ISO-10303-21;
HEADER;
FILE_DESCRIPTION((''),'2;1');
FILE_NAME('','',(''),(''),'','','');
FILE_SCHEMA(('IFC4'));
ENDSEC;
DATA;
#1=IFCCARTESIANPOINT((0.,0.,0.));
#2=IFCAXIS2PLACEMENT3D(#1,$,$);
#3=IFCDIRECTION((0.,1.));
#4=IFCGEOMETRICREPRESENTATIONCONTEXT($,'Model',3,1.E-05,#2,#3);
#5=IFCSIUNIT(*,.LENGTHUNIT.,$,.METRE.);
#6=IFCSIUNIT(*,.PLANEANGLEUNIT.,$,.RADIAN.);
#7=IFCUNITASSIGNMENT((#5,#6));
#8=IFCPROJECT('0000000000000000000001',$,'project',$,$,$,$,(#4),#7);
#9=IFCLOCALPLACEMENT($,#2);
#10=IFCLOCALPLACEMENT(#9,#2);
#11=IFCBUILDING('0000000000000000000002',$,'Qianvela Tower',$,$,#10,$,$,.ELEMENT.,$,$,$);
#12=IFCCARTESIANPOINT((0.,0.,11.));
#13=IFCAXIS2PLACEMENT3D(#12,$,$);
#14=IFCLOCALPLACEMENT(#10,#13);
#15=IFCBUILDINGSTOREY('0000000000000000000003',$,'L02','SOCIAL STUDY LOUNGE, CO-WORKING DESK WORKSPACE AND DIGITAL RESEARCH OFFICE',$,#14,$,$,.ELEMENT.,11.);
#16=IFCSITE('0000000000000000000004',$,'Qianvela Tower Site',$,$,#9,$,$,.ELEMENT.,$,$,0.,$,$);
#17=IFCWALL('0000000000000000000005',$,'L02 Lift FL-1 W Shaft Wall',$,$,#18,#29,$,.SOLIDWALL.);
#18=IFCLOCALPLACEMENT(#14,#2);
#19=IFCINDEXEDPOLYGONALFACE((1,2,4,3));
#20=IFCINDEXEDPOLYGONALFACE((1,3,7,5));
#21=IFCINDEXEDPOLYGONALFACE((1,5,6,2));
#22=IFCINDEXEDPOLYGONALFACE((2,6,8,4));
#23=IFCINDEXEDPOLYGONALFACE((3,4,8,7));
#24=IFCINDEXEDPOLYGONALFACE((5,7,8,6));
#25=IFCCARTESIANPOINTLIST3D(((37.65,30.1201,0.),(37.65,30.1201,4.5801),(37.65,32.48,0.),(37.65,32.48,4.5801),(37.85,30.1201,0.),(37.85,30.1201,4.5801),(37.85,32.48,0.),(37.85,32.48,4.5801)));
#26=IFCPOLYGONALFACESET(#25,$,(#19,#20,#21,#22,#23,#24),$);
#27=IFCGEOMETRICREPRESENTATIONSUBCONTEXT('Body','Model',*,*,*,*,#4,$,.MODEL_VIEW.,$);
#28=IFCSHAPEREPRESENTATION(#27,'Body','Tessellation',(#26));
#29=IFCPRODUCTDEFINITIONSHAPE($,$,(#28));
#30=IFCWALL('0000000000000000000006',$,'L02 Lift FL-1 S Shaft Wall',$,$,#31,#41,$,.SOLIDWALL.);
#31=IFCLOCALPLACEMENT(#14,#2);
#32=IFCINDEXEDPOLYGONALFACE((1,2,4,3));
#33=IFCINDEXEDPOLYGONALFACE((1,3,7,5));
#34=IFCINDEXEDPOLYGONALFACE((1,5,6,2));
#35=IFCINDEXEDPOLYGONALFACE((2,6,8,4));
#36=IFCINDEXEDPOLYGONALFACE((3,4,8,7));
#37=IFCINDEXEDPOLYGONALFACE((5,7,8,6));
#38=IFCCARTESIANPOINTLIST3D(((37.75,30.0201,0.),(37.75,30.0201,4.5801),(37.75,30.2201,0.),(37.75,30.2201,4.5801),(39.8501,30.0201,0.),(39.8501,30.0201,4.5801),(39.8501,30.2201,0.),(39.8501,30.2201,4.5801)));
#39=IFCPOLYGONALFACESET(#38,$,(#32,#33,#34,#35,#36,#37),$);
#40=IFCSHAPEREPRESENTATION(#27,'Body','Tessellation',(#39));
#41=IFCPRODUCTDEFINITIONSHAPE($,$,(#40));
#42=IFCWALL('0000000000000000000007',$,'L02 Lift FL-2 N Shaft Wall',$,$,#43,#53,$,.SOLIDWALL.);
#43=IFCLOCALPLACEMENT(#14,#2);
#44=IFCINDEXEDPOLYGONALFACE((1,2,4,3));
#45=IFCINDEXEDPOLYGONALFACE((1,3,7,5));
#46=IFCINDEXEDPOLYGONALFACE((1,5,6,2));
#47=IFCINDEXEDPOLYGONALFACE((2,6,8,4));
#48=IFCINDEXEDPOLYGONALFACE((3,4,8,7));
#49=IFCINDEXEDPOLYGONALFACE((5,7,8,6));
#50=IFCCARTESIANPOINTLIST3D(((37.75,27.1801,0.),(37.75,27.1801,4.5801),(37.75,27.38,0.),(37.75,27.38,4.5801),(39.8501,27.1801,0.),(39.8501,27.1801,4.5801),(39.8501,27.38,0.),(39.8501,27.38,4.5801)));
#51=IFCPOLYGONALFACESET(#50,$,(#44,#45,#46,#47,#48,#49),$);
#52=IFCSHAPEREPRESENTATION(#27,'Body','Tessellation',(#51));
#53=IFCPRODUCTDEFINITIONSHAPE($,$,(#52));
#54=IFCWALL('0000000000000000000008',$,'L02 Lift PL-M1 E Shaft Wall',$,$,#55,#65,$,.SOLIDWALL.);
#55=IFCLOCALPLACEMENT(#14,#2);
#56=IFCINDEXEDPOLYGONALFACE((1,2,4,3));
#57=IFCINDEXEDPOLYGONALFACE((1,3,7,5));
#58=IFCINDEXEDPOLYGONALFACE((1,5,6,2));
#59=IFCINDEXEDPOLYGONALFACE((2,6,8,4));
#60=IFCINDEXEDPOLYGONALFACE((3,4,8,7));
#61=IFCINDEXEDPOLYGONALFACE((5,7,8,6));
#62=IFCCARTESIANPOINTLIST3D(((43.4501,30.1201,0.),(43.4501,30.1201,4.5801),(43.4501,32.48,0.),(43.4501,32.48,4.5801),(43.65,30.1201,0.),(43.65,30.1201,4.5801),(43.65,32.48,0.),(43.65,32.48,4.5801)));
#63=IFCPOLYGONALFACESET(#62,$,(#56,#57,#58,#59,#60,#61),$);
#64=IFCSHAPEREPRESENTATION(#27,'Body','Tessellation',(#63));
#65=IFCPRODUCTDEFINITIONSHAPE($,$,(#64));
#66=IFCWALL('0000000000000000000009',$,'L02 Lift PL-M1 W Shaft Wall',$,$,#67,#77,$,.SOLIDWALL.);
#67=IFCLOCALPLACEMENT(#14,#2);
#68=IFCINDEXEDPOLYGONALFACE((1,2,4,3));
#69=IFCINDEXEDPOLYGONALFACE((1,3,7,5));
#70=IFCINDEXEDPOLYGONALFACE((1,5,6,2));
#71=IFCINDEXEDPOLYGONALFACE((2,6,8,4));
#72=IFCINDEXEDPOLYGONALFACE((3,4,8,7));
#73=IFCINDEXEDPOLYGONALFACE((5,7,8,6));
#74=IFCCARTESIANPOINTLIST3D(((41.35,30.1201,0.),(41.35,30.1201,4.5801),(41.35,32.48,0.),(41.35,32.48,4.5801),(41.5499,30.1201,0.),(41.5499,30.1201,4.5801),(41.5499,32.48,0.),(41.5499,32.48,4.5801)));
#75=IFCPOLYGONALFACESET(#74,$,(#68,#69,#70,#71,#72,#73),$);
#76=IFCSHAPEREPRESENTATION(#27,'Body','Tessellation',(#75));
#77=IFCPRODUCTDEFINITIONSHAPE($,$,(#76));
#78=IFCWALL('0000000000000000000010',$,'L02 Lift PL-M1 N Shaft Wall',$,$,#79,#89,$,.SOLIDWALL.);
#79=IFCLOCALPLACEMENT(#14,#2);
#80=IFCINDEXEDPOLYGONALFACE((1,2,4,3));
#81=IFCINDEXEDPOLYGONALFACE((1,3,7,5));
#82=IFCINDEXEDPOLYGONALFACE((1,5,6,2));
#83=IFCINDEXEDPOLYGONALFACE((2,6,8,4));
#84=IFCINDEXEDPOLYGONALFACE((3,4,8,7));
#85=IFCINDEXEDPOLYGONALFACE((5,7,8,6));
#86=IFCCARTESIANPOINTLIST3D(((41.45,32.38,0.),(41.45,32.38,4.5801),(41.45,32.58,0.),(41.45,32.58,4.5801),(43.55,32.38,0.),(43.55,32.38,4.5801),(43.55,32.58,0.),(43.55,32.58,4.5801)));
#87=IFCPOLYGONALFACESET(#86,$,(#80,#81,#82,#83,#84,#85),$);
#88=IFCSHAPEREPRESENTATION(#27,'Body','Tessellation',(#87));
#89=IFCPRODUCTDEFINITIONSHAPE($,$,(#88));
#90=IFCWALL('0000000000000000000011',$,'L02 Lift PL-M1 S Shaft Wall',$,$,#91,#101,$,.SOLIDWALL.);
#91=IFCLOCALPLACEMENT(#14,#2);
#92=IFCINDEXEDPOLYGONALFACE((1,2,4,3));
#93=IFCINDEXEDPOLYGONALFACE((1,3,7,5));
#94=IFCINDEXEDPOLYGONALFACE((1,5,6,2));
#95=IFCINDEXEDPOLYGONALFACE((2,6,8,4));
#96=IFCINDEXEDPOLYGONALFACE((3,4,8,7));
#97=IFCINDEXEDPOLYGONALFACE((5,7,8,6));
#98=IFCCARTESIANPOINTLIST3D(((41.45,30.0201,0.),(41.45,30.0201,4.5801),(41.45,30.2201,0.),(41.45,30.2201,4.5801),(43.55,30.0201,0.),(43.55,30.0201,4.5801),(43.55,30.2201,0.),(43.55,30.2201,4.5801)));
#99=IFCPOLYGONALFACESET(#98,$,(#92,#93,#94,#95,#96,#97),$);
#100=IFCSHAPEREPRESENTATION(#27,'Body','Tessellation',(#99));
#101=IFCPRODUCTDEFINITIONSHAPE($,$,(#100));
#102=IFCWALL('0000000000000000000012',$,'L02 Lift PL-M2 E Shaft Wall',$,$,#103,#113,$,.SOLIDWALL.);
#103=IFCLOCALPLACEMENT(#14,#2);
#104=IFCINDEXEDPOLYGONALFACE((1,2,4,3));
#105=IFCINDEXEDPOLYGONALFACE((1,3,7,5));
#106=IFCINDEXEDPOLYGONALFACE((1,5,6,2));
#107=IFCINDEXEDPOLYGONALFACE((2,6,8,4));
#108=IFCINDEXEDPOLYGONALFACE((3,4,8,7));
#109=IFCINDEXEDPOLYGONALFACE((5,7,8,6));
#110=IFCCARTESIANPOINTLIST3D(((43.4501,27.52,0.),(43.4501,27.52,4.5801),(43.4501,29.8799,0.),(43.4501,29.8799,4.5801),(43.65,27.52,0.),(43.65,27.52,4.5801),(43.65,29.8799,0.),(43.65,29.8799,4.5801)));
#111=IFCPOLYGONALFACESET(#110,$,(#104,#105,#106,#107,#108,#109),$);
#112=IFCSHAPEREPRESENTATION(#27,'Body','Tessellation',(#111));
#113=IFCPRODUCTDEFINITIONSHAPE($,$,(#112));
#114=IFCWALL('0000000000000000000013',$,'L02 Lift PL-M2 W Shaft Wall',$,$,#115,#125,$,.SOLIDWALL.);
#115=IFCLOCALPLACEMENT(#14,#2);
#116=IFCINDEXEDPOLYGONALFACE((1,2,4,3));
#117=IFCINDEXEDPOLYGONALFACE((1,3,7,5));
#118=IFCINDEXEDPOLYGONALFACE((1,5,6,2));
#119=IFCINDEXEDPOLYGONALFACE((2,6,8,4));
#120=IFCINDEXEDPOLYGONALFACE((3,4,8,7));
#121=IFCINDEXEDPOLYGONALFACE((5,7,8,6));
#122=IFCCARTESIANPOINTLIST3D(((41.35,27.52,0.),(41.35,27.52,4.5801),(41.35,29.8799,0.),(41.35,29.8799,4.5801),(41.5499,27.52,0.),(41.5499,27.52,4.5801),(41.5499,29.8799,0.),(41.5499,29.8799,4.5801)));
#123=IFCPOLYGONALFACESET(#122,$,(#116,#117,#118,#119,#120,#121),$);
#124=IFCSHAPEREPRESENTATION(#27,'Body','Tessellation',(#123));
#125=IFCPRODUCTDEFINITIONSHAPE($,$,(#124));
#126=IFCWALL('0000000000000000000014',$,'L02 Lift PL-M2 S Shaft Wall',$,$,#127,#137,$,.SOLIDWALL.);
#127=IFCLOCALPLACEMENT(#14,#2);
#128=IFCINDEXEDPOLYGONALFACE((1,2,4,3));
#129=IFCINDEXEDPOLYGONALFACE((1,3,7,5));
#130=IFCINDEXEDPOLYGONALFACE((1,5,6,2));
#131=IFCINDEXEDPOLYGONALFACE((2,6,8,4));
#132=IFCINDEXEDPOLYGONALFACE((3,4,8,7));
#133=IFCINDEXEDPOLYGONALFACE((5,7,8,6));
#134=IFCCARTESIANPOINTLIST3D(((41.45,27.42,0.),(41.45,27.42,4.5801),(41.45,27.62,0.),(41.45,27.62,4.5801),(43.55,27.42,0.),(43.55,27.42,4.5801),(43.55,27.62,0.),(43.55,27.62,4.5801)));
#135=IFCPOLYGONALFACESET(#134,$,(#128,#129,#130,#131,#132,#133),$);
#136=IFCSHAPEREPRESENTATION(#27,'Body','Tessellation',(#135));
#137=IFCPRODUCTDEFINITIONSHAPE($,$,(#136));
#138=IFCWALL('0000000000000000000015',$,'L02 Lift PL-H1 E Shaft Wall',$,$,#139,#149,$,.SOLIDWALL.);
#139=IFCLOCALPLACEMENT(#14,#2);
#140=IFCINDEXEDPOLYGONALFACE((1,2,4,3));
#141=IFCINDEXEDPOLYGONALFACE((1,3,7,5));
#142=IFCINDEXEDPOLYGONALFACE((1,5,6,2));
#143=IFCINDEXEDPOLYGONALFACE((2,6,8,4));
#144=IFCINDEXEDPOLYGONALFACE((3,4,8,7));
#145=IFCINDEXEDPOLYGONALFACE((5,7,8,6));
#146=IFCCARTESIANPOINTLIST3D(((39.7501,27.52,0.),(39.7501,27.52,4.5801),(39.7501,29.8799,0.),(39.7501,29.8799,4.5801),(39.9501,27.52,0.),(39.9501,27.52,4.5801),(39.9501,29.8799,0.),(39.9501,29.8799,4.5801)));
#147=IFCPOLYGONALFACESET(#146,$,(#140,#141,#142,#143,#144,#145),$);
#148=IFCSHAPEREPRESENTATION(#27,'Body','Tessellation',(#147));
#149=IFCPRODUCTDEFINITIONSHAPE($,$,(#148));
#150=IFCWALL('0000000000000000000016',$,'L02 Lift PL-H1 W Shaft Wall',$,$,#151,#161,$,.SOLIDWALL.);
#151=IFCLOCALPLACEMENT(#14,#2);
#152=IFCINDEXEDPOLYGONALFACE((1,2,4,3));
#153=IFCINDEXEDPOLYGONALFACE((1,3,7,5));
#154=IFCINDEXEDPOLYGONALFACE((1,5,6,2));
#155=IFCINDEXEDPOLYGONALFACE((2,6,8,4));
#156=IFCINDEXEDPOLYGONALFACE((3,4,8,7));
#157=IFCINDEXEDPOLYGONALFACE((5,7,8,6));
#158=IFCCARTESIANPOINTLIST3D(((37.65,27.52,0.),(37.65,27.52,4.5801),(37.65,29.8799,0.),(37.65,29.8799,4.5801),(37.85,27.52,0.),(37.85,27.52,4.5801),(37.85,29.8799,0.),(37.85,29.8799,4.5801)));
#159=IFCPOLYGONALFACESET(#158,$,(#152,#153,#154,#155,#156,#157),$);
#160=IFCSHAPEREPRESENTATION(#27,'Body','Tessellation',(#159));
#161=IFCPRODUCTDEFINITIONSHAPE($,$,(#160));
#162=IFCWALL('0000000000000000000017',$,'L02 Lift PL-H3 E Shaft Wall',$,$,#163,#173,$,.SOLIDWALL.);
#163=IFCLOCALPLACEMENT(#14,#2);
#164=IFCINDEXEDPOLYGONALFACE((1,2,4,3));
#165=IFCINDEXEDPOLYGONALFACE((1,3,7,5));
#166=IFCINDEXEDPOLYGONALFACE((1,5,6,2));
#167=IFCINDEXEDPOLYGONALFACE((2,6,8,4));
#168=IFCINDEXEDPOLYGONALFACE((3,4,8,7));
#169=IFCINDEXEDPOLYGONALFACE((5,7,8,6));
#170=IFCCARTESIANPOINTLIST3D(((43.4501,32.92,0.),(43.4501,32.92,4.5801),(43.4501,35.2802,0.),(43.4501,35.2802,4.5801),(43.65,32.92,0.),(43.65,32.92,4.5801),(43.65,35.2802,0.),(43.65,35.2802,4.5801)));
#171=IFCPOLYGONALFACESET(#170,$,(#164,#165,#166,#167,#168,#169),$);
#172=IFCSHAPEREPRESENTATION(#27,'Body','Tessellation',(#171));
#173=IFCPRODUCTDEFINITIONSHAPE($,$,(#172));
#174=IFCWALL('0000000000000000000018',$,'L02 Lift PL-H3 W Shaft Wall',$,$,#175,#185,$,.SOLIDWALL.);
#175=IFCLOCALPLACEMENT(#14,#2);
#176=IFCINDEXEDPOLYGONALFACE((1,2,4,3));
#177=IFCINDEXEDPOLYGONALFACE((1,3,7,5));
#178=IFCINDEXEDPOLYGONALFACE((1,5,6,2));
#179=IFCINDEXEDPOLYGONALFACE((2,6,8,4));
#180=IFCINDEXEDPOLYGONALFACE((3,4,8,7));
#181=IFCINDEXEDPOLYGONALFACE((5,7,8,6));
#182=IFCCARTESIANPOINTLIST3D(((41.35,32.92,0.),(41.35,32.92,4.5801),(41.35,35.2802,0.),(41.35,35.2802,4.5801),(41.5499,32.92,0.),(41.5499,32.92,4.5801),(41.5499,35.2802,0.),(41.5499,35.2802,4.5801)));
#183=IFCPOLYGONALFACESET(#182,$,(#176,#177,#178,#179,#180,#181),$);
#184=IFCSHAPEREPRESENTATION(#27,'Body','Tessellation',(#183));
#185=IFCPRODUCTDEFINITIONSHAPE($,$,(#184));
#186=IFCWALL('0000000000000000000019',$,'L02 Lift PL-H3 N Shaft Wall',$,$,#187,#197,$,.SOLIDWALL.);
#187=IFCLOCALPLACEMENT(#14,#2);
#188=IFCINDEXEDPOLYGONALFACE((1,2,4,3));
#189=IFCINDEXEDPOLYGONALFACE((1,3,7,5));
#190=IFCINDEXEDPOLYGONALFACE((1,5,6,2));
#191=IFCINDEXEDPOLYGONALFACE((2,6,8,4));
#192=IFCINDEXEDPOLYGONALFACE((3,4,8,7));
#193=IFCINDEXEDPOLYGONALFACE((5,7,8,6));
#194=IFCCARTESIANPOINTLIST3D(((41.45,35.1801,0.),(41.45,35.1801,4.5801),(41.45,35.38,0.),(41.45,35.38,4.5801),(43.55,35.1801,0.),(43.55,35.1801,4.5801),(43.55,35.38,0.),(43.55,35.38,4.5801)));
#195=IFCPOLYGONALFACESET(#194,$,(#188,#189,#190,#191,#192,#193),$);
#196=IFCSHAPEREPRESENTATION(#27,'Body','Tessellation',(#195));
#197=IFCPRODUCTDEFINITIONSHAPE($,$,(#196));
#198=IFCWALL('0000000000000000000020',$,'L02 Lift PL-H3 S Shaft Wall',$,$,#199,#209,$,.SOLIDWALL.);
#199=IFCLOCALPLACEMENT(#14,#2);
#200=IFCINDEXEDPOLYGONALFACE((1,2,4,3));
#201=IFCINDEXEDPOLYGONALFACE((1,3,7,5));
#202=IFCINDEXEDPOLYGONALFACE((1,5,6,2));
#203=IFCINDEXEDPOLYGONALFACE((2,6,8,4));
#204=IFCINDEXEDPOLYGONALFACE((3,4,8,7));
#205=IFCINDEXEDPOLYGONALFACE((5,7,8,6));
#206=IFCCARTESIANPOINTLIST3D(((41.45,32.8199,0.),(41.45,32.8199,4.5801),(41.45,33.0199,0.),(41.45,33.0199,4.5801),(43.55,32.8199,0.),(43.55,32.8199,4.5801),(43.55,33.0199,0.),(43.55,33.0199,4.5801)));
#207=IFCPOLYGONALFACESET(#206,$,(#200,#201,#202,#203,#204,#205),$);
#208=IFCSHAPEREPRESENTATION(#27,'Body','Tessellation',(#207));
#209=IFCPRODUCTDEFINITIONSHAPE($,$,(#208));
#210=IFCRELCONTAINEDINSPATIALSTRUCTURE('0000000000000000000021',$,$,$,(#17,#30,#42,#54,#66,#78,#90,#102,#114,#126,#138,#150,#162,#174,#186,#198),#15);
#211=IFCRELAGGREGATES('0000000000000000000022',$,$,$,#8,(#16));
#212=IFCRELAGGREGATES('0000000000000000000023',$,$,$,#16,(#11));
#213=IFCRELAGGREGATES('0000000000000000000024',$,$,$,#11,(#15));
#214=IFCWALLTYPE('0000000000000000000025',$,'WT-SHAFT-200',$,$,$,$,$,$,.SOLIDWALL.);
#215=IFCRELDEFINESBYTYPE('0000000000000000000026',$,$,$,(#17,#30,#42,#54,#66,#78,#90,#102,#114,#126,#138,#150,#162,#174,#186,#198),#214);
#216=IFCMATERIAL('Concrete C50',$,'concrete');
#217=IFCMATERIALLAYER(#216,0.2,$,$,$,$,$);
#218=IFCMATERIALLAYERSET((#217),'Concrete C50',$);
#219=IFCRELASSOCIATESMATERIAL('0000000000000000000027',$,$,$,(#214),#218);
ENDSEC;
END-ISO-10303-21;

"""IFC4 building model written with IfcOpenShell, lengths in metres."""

from ifc_helpers import new_model, si_unit, direction, frame, frame_2d, origin, place, context, subcontext, project, spatial, rectangle, extrude, material, layer, layer_set, type_object, element, save


model = new_model("IFC4")

# Units and contexts
model_context = context("Model", 3, precision=1e-05, world=origin(), true_north=direction((0.0, 1.0)))
body_context = subcontext(model_context, "Body", "Model", "MODEL_VIEW")
ifc_project = project(units=[si_unit("LENGTHUNIT", "METRE"), si_unit("PLANEANGLEUNIT", "RADIAN")], contexts=[model_context])

# Site, building, storey
site_placement = place(None, origin())
site = spatial("IfcSite", under=ifc_project, at=site_placement, Name="Qianvela Tower Site", CompositionType="ELEMENT", RefElevation=0.0)
building_placement = place(site_placement, origin())
building = spatial("IfcBuilding", under=site, at=building_placement, Name="Qianvela Tower", CompositionType="ELEMENT")
storey_placement = place(building_placement, frame((0.0, 0.0, 11.0)))
storey = spatial("IfcBuildingStorey", under=building, at=storey_placement, Name="L02", Description="SOCIAL STUDY LOUNGE, CO-WORKING DESK WORKSPACE AND DIGITAL RESEARCH OFFICE", CompositionType="ELEMENT", Elevation=11.0)

# Shared definitions
ifc_material_1 = material(Name="Concrete C50", Category="concrete")
ifc_layer_1 = layer(ifc_material_1, 0.2)
ifc_layer_set_1 = layer_set([ifc_layer_1], Name="Concrete C50")
wall_type_1 = type_object("IfcWallType", Name="WT-SHAFT-200", PredefinedType="SOLIDWALL", material=ifc_layer_set_1)

# Walls
wall_1_placement = place(storey_placement, frame((37.75, 30.1201, 0.0), z_axis=(0.0, 0.0, 1.0), x_axis=(0.0, 1.0, 0.0)))
element("IfcWall", 1, at=wall_1_placement, inside=storey, type_object=wall_type_1, Name="L02 Lift FL-1 W Shaft Wall", PredefinedType="SOLIDWALL", context=body_context, shape_type="SweptSolid", body=[
    extrude(rectangle(XDim=2.3599, YDim=0.2, at=frame_2d((1.1799, 0.0))), origin(), (0.0, 0.0, 1.0), 4.5801),
])
for number, where, z_axis, x_axis, name in (
    (2, (37.75, 30.1201, 0.0), (0.0, 0.0, 1.0), (1.0, 0.0, 0.0), "L02 Lift FL-1 S Shaft Wall"),
    (3, (37.75, 27.28, 0.0), (0.0, 0.0, 1.0), (1.0, 0.0, 0.0), "L02 Lift FL-2 N Shaft Wall"),
):
    element("IfcWall", number, at=place(storey_placement, frame(where, z_axis=z_axis, x_axis=x_axis)), inside=storey, type_object=wall_type_1, Name=name, PredefinedType="SOLIDWALL", context=body_context, shape_type="SweptSolid", body=[
        extrude(rectangle(XDim=2.1001, YDim=0.2, at=frame_2d((1.05, 0.0))), origin(), (0.0, 0.0, 1.0), 4.5801),
    ])
for number, where, z_axis, x_axis, name in (
    (4, (43.55, 30.1201, 0.0), (0.0, 0.0, 1.0), (0.0, 1.0, 0.0), "L02 Lift PL-M1 E Shaft Wall"),
    (5, (41.45, 30.1201, 0.0), (0.0, 0.0, 1.0), (0.0, 1.0, 0.0), "L02 Lift PL-M1 W Shaft Wall"),
):
    element("IfcWall", number, at=place(storey_placement, frame(where, z_axis=z_axis, x_axis=x_axis)), inside=storey, type_object=wall_type_1, Name=name, PredefinedType="SOLIDWALL", context=body_context, shape_type="SweptSolid", body=[
        extrude(rectangle(XDim=2.3599, YDim=0.2, at=frame_2d((1.1799, 0.0))), origin(), (0.0, 0.0, 1.0), 4.5801),
    ])
for number, where, z_axis, x_axis, name in (
    (6, (41.45, 32.48, 0.0), (0.0, 0.0, 1.0), (1.0, 0.0, 0.0), "L02 Lift PL-M1 N Shaft Wall"),
    (7, (41.45, 30.1201, 0.0), (0.0, 0.0, 1.0), (1.0, 0.0, 0.0), "L02 Lift PL-M1 S Shaft Wall"),
):
    element("IfcWall", number, at=place(storey_placement, frame(where, z_axis=z_axis, x_axis=x_axis)), inside=storey, type_object=wall_type_1, Name=name, PredefinedType="SOLIDWALL", context=body_context, shape_type="SweptSolid", body=[
        extrude(rectangle(XDim=2.1001, YDim=0.2, at=frame_2d((1.05, 0.0))), origin(), (0.0, 0.0, 1.0), 4.5801),
    ])
for number, where, z_axis, x_axis, name in (
    (8, (43.55, 27.52, 0.0), (0.0, 0.0, 1.0), (0.0, 1.0, 0.0), "L02 Lift PL-M2 E Shaft Wall"),
    (9, (41.45, 27.52, 0.0), (0.0, 0.0, 1.0), (0.0, 1.0, 0.0), "L02 Lift PL-M2 W Shaft Wall"),
):
    element("IfcWall", number, at=place(storey_placement, frame(where, z_axis=z_axis, x_axis=x_axis)), inside=storey, type_object=wall_type_1, Name=name, PredefinedType="SOLIDWALL", context=body_context, shape_type="SweptSolid", body=[
        extrude(rectangle(XDim=2.3599, YDim=0.2, at=frame_2d((1.1799, 0.0))), origin(), (0.0, 0.0, 1.0), 4.5801),
    ])
wall_2_placement = place(storey_placement, frame((41.45, 27.52, 0.0), z_axis=(0.0, 0.0, 1.0), x_axis=(1.0, 0.0, 0.0)))
element("IfcWall", 10, at=wall_2_placement, inside=storey, type_object=wall_type_1, Name="L02 Lift PL-M2 S Shaft Wall", PredefinedType="SOLIDWALL", context=body_context, shape_type="SweptSolid", body=[
    extrude(rectangle(XDim=2.1001, YDim=0.2, at=frame_2d((1.05, 0.0))), origin(), (0.0, 0.0, 1.0), 4.5801),
])
for number, where, z_axis, x_axis, name in (
    (11, (39.8501, 27.52, 0.0), (0.0, 0.0, 1.0), (0.0, 1.0, 0.0), "L02 Lift PL-H1 E Shaft Wall"),
    (12, (37.75, 27.52, 0.0), (0.0, 0.0, 1.0), (0.0, 1.0, 0.0), "L02 Lift PL-H1 W Shaft Wall"),
):
    element("IfcWall", number, at=place(storey_placement, frame(where, z_axis=z_axis, x_axis=x_axis)), inside=storey, type_object=wall_type_1, Name=name, PredefinedType="SOLIDWALL", context=body_context, shape_type="SweptSolid", body=[
        extrude(rectangle(XDim=2.3599, YDim=0.2, at=frame_2d((1.1799, 0.0))), origin(), (0.0, 0.0, 1.0), 4.5801),
    ])
for number, where, z_axis, x_axis, name in (
    (13, (43.55, 32.9199, 0.0), (0.0, 0.0, 1.0), (0.0, 1.0, 0.0), "L02 Lift PL-H3 E Shaft Wall"),
    (14, (41.45, 32.9199, 0.0), (0.0, 0.0, 1.0), (0.0, 1.0, 0.0), "L02 Lift PL-H3 W Shaft Wall"),
):
    element("IfcWall", number, at=place(storey_placement, frame(where, z_axis=z_axis, x_axis=x_axis)), inside=storey, type_object=wall_type_1, Name=name, PredefinedType="SOLIDWALL", context=body_context, shape_type="SweptSolid", body=[
        extrude(rectangle(XDim=2.3601, YDim=0.2, at=frame_2d((1.1802, 0.0))), origin(), (0.0, 0.0, 1.0), 4.5801),
    ])
for number, where, z_axis, x_axis, name in (
    (15, (41.45, 35.28, 0.0), (0.0, 0.0, 1.0), (1.0, 0.0, 0.0), "L02 Lift PL-H3 N Shaft Wall"),
    (16, (41.45, 32.9199, 0.0), (0.0, 0.0, 1.0), (1.0, 0.0, 0.0), "L02 Lift PL-H3 S Shaft Wall"),
):
    element("IfcWall", number, at=place(storey_placement, frame(where, z_axis=z_axis, x_axis=x_axis)), inside=storey, type_object=wall_type_1, Name=name, PredefinedType="SOLIDWALL", context=body_context, shape_type="SweptSolid", body=[
        extrude(rectangle(XDim=2.1001, YDim=0.2, at=frame_2d((1.05, 0.0))), origin(), (0.0, 0.0, 1.0), 4.5801),
    ])

save(model, "model.ifc")
